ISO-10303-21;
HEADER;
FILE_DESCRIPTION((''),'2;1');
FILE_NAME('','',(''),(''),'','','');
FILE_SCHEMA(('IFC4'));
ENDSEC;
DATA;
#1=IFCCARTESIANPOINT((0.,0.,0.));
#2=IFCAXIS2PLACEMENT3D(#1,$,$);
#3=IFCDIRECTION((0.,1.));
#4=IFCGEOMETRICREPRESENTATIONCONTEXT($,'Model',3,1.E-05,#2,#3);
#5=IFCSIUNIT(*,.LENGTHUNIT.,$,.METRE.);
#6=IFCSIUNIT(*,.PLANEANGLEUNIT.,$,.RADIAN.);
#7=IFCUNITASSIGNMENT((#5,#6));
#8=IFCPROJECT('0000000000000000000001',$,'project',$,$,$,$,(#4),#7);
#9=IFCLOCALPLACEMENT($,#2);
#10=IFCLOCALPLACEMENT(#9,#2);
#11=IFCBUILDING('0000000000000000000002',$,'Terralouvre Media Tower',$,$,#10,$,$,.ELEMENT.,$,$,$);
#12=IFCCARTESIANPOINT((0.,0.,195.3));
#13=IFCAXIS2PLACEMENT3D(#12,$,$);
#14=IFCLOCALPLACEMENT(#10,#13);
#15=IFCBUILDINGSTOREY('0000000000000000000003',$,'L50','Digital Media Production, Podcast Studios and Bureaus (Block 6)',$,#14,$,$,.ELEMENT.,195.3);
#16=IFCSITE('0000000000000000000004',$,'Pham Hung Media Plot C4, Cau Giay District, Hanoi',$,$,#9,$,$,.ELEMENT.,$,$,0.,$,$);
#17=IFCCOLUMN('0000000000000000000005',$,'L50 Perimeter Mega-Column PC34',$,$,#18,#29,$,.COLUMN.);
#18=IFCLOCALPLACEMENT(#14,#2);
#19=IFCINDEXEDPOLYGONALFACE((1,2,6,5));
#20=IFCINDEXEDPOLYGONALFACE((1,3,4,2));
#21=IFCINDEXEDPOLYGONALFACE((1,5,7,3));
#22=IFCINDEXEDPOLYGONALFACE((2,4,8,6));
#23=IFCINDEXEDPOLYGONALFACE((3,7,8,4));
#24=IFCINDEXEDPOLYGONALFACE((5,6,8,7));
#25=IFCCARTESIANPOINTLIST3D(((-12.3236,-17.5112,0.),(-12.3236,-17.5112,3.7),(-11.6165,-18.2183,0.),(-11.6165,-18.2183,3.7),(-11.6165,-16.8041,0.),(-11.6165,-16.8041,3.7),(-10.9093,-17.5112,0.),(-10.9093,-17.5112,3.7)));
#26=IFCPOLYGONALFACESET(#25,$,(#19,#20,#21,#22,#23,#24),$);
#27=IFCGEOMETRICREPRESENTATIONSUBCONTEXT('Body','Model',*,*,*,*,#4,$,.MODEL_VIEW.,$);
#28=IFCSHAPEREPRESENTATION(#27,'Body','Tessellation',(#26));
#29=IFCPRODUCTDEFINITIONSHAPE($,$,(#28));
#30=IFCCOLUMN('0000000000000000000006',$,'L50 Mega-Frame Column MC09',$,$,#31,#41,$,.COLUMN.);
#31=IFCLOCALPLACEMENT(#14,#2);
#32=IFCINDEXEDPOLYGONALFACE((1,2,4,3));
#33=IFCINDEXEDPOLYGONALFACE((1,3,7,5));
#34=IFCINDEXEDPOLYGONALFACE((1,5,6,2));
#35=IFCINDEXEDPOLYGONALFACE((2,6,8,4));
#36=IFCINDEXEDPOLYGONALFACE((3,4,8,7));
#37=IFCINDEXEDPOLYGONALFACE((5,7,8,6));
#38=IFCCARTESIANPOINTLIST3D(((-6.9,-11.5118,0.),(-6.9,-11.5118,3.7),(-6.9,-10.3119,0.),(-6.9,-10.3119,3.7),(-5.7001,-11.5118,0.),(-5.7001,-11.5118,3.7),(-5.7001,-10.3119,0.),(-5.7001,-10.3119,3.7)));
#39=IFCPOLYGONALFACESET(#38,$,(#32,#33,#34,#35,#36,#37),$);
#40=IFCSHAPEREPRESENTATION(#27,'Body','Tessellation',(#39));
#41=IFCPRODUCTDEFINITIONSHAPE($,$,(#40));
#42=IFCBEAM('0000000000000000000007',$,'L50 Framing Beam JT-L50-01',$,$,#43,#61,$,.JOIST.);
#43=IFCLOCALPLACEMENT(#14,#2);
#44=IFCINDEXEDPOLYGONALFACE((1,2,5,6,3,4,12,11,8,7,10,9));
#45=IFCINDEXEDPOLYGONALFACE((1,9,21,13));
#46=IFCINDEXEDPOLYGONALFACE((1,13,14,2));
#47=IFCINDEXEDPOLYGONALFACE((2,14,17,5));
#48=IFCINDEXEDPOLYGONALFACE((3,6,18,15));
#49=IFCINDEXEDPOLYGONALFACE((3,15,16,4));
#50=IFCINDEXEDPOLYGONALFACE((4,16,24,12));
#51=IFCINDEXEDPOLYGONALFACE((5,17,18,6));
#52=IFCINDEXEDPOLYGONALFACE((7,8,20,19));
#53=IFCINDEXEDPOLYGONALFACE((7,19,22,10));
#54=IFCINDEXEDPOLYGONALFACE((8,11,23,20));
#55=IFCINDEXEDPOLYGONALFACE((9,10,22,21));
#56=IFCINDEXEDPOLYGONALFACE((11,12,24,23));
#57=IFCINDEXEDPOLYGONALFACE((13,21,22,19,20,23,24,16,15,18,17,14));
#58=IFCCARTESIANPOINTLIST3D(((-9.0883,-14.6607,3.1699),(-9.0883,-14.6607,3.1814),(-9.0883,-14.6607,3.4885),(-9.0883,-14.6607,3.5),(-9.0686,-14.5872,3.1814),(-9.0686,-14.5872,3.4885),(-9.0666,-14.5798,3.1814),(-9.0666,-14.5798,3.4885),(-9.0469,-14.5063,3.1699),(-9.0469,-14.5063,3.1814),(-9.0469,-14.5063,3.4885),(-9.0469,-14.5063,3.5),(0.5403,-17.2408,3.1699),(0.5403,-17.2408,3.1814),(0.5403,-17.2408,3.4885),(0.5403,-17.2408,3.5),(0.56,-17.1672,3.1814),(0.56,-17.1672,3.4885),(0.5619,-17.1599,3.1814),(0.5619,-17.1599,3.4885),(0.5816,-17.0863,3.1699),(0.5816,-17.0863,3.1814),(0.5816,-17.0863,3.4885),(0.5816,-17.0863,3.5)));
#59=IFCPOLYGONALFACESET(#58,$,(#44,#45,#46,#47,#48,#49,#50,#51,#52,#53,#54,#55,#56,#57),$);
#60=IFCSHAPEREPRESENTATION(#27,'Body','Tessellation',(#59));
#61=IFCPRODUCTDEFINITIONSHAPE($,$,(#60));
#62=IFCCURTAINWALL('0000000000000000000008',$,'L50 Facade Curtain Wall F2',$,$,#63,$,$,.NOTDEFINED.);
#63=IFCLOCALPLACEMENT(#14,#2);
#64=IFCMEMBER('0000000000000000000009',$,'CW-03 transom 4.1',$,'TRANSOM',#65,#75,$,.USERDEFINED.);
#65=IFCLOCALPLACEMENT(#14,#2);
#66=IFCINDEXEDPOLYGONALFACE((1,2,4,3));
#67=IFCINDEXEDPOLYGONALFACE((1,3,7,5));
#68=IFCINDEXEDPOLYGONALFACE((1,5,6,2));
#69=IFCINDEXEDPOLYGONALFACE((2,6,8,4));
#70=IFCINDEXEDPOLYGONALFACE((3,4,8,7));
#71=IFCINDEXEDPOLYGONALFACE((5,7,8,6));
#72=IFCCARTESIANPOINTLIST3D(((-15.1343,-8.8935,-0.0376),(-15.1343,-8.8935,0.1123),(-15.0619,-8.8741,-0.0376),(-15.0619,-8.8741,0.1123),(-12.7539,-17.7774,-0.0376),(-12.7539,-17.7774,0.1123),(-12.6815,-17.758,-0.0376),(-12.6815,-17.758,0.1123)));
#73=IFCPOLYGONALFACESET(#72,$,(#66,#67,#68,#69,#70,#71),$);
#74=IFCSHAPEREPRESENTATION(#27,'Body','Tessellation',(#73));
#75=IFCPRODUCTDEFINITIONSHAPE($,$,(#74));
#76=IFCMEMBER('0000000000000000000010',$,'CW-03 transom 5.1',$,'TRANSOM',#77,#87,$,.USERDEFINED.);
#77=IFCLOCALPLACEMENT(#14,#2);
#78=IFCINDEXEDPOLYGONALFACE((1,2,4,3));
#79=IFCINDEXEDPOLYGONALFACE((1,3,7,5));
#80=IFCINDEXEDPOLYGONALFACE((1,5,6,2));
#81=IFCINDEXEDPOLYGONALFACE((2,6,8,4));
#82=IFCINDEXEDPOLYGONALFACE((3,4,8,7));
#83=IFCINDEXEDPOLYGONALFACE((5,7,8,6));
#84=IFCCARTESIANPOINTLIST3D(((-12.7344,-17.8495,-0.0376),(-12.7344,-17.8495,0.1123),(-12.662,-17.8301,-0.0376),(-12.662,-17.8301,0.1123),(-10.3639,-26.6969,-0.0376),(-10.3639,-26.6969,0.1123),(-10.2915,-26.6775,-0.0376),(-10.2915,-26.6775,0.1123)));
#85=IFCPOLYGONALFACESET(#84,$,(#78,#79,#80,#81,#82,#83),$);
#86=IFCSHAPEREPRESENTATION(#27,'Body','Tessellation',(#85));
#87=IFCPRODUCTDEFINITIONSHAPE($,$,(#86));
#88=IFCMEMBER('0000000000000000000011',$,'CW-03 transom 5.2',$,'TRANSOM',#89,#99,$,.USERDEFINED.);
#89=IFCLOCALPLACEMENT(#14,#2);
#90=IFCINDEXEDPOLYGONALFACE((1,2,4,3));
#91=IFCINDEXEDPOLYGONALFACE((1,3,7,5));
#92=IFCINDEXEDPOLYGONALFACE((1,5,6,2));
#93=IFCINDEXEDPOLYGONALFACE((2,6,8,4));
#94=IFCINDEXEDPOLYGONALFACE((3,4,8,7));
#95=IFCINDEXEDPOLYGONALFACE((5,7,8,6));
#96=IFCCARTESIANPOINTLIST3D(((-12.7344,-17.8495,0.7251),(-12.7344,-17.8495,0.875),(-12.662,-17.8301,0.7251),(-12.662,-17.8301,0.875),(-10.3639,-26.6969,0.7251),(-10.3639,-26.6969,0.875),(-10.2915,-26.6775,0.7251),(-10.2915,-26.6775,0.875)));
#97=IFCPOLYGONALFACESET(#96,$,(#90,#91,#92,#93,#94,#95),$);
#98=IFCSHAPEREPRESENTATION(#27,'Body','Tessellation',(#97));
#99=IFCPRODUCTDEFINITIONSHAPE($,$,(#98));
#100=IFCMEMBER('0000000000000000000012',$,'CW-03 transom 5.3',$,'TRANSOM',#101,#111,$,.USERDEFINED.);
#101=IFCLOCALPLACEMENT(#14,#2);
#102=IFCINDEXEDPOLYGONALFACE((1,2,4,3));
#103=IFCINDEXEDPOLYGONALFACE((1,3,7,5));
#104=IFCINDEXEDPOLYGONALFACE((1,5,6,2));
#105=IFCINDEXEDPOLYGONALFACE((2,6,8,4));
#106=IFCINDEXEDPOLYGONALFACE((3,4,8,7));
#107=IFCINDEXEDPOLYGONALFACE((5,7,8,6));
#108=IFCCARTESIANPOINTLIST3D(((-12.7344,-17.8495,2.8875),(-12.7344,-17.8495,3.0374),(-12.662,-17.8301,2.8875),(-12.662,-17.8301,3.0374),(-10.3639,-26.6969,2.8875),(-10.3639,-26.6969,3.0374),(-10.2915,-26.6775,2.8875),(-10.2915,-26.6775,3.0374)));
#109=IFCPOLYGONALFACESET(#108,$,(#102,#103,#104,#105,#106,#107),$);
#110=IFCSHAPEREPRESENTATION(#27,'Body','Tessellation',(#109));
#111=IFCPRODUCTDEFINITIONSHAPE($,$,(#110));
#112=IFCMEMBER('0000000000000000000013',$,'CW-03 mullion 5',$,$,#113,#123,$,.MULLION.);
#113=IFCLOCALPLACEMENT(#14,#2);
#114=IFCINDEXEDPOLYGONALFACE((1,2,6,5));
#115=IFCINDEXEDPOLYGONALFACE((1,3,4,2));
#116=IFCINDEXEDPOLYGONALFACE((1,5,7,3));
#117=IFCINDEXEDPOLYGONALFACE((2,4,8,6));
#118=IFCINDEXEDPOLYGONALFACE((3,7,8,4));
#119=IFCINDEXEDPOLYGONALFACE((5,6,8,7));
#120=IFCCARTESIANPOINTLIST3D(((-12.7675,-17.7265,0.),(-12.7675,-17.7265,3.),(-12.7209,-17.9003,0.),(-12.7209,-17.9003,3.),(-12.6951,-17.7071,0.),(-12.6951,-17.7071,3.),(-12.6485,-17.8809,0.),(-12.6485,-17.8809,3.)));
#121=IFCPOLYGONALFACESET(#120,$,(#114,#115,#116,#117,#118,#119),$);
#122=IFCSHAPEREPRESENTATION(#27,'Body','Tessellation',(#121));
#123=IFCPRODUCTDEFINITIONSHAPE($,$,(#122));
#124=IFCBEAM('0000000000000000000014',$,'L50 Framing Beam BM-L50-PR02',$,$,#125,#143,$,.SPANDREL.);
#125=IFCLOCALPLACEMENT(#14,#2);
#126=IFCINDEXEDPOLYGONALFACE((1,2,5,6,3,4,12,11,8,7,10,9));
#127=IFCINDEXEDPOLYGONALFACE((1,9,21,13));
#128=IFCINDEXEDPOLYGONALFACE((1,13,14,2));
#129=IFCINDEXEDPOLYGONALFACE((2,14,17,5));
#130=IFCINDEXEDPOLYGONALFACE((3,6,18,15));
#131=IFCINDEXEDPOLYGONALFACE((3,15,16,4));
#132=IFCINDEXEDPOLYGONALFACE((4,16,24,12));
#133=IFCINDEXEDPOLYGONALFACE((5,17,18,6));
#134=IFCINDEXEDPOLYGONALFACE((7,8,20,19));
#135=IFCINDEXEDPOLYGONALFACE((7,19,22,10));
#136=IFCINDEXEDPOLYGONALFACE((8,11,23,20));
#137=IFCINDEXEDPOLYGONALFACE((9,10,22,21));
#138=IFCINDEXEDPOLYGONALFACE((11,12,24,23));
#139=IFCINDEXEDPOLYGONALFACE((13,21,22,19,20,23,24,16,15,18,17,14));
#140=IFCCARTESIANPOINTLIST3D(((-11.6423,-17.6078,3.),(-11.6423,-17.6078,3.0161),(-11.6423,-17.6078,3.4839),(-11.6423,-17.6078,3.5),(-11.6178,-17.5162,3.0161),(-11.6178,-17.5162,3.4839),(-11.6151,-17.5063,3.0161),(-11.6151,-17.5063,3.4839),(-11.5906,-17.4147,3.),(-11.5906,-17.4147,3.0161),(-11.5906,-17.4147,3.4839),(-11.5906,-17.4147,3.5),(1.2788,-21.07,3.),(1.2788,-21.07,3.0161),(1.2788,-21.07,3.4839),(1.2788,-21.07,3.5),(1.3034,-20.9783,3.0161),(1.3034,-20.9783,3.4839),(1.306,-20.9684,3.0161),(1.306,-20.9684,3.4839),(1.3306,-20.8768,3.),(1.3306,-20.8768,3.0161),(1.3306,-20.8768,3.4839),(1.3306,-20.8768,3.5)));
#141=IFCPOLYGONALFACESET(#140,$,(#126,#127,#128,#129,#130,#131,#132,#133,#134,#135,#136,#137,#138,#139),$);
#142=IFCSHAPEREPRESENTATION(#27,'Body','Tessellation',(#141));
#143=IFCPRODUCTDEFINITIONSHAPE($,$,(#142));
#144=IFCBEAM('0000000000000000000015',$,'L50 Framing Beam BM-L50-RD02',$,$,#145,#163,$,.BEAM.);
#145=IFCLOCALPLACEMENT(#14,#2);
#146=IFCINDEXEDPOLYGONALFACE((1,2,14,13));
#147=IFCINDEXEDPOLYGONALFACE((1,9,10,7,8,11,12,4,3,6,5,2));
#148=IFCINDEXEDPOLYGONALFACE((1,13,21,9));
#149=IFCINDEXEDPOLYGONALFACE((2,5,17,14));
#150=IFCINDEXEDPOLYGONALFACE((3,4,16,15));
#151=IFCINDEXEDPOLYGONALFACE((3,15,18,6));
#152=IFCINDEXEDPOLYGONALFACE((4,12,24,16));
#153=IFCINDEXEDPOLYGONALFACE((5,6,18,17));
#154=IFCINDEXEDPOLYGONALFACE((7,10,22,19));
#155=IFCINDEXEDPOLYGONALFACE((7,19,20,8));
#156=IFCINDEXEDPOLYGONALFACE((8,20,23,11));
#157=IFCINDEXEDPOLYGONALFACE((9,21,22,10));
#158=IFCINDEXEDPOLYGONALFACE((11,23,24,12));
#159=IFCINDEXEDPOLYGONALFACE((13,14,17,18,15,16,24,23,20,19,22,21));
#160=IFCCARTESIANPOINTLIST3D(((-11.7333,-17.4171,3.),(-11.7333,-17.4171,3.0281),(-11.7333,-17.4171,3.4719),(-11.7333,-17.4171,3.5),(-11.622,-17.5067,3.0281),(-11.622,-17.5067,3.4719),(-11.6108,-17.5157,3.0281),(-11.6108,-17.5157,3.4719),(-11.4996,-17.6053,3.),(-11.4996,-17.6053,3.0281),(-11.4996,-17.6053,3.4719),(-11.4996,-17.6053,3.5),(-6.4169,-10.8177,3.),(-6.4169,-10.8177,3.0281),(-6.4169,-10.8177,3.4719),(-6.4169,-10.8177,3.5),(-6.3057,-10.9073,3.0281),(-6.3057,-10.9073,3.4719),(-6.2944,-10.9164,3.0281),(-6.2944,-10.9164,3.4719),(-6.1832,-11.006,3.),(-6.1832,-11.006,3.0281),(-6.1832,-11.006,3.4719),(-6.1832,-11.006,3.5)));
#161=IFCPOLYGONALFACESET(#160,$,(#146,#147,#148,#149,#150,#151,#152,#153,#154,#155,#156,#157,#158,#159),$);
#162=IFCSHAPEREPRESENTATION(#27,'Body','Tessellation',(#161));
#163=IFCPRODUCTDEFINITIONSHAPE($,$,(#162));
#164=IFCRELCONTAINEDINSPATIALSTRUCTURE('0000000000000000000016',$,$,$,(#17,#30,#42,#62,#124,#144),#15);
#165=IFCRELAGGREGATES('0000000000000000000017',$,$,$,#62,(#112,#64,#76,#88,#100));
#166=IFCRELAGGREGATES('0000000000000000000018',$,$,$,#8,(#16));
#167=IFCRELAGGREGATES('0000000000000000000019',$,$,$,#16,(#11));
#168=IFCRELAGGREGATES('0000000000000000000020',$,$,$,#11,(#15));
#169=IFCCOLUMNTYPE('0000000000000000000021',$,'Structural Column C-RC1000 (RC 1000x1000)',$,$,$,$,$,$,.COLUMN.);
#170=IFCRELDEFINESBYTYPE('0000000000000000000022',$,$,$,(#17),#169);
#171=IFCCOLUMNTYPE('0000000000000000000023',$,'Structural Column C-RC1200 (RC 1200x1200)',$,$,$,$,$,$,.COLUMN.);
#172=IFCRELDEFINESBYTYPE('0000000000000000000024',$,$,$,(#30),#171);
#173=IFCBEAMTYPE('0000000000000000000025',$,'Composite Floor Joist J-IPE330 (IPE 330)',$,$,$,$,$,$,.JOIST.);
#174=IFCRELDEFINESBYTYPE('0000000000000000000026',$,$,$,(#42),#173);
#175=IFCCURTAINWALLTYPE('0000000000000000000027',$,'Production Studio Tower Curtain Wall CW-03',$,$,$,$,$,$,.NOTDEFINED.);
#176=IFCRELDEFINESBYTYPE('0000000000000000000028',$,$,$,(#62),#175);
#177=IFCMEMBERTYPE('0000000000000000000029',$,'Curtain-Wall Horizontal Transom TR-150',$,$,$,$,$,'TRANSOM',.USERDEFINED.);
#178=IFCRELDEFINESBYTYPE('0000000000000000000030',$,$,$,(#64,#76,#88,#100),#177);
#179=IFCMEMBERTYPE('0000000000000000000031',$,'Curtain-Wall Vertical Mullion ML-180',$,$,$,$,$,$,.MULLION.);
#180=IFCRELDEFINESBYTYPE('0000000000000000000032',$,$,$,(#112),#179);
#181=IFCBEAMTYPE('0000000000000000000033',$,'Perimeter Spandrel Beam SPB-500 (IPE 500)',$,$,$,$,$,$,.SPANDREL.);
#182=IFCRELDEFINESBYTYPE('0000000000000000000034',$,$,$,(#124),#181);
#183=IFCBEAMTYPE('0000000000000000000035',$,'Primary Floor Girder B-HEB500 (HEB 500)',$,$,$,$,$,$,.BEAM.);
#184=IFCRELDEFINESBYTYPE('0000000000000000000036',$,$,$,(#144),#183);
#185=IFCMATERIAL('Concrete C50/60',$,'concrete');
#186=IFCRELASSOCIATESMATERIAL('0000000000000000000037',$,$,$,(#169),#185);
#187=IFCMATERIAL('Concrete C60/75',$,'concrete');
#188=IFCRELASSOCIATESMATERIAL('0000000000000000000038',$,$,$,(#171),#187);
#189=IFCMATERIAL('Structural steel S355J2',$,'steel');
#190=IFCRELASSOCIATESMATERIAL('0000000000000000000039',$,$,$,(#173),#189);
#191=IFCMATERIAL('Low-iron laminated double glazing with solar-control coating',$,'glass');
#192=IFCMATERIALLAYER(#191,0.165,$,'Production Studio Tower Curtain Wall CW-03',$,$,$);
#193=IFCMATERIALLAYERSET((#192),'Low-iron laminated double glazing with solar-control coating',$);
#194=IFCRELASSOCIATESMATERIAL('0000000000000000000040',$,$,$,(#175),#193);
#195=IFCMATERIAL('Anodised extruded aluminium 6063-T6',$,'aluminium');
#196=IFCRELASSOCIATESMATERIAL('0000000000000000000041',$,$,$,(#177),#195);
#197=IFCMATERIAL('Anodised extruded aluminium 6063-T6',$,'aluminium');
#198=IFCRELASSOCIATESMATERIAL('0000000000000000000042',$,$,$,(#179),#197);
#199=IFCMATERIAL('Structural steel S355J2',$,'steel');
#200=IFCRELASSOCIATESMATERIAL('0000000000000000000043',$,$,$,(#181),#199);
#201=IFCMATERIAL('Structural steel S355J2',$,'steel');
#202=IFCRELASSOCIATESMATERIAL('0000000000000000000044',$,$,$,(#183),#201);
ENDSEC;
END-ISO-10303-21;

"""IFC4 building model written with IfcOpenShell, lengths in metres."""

from ifc_helpers import new_model, si_unit, direction, frame, origin, origin_2d, place, context, subcontext, project, spatial, rectangle, i_section, extrude, material, layer, layer_set, material_profile, profile_set, type_object, element, aggregate, save


model = new_model("IFC4")

# Units and contexts
model_context = context("Model", 3, precision=1e-05, world=origin(), true_north=direction((0.0, 1.0)))
body_context = subcontext(model_context, "Body", "Model", "MODEL_VIEW")
ifc_project = project(units=[si_unit("LENGTHUNIT", "METRE"), si_unit("PLANEANGLEUNIT", "RADIAN")], contexts=[model_context])

# Site, building, storey
site_placement = place(None, origin())
site = spatial("IfcSite", under=ifc_project, at=site_placement, Name="Pham Hung Media Plot C4, Cau Giay District, Hanoi", CompositionType="ELEMENT", RefElevation=0.0)
building_placement = place(site_placement, origin())
building = spatial("IfcBuilding", under=site, at=building_placement, Name="Terralouvre Media Tower", CompositionType="ELEMENT")
storey_placement = place(building_placement, frame((0.0, 0.0, 195.3)))
storey = spatial("IfcBuildingStorey", under=building, at=storey_placement, Name="L50", Description="Digital Media Production, Podcast Studios and Bureaus (Block 6)", CompositionType="ELEMENT", Elevation=195.3)

# Columns
ifc_material_1 = material(Name="Concrete C50/60", Category="concrete")
ifc_material_profile_1 = material_profile(ifc_material_1, rectangle(XDim=1.0, YDim=1.0, at=origin_2d()), Name="RC 1000x1000")
ifc_profile_set_1 = profile_set([ifc_material_profile_1], Name="Concrete C50/60")
column_type_1 = type_object("IfcColumnType", Name="Structural Column C-RC1000 (RC 1000x1000)", PredefinedType="COLUMN", material=ifc_profile_set_1)
column_1_placement = place(storey_placement, frame((-11.6165, -17.5112, 0.0), z_axis=(0.0, 0.0, 1.0), x_axis=(0.707107, 0.707107, 0.0)))
element("IfcColumn", 1, at=column_1_placement, inside=storey, type_object=column_type_1, Name="L50 Perimeter Mega-Column PC34", PredefinedType="COLUMN", context=body_context, shape_type="SweptSolid", body=[
    extrude(rectangle(XDim=1.0, YDim=1.0, at=origin_2d()), origin(), (0.0, 0.0, 1.0), 3.7),
])
ifc_material_2 = material(Name="Concrete C60/75", Category="concrete")
ifc_material_profile_2 = material_profile(ifc_material_2, rectangle(XDim=1.2, YDim=1.2, at=origin_2d()), Name="RC 1200x1200")
ifc_profile_set_2 = profile_set([ifc_material_profile_2], Name="Concrete C60/75")
column_type_2 = type_object("IfcColumnType", Name="Structural Column C-RC1200 (RC 1200x1200)", PredefinedType="COLUMN", material=ifc_profile_set_2)
column_2_placement = place(storey_placement, frame((-6.3, -10.9119, 0.0), z_axis=(0.0, 0.0, 1.0), x_axis=(1.0, 0.0, 0.0)))
element("IfcColumn", 2, at=column_2_placement, inside=storey, type_object=column_type_2, Name="L50 Mega-Frame Column MC09", PredefinedType="COLUMN", context=body_context, shape_type="SweptSolid", body=[
    extrude(rectangle(XDim=1.2, YDim=1.2, at=origin_2d()), origin(), (0.0, 0.0, 1.0), 3.7),
])

# Beam
ifc_material_3 = material(Name="Structural steel S355J2", Category="steel")
ifc_material_profile_3 = material_profile(ifc_material_3, i_section(OverallWidth=0.1599, OverallDepth=0.3301, WebThickness=0.0076, FlangeThickness=0.0115, at=origin_2d()), Name="IPE 330")
ifc_profile_set_3 = profile_set([ifc_material_profile_3], Name="Structural steel S355J2")
beam_type_1 = type_object("IfcBeamType", Name="Composite Floor Joist J-IPE330 (IPE 330)", PredefinedType="JOIST", material=ifc_profile_set_3)
beam_1_placement = place(storey_placement, frame((-9.0676, -14.5835, 3.335), z_axis=(0.965924, -0.258827, 0.0), x_axis=(0.258827, 0.965924, 0.0)))
element("IfcBeam", 3, at=beam_1_placement, inside=storey, type_object=beam_type_1, Name="L50 Framing Beam JT-L50-01", PredefinedType="JOIST", context=body_context, shape_type="SweptSolid", body=[
    extrude(i_section(OverallWidth=0.1599, OverallDepth=0.3301, WebThickness=0.0076, FlangeThickness=0.0115, at=origin_2d()), origin(), (0.0, 0.0, 1.0), 9.9683),
])

# Curtain wall, members
ifc_material_4 = material(Name="Low-iron laminated double glazing with solar-control coating", Category="glass")
ifc_layer_1 = layer(ifc_material_4, 0.165, Name="Production Studio Tower Curtain Wall CW-03")
ifc_layer_set_1 = layer_set([ifc_layer_1], Name="Low-iron laminated double glazing with solar-control coating")
curtain_wall_type = type_object("IfcCurtainWallType", Name="Production Studio Tower Curtain Wall CW-03", PredefinedType="NOTDEFINED", material=ifc_layer_set_1)
curtain_wall_placement = place(storey_placement, origin())
curtain_wall = element("IfcCurtainWall", 4, at=curtain_wall_placement, inside=storey, type_object=curtain_wall_type, Name="L50 Facade Curtain Wall F2", PredefinedType="NOTDEFINED")
ifc_material_5 = material(Name="Anodised extruded aluminium 6063-T6", Category="aluminium")
ifc_material_profile_4 = material_profile(ifc_material_5, rectangle(XDim=0.075, YDim=0.1499, at=origin_2d()), Name="ALU 75x150")
ifc_profile_set_4 = profile_set([ifc_material_profile_4], Name="Anodised extruded aluminium 6063-T6")
member_type_1 = type_object("IfcMemberType", Name="Curtain-Wall Horizontal Transom TR-150", ElementType="TRANSOM", PredefinedType="USERDEFINED", material=ifc_profile_set_4)
member_1_placement = place(storey_placement, frame((-15.0981, -8.8838, 0.0374), z_axis=(0.258816, -0.965927, 0.0), x_axis=(0.965927, 0.258816, 0.0)))
member_1 = element("IfcMember", 5, at=member_1_placement, type_object=member_type_1, Name="CW-03 transom 4.1", ObjectType="TRANSOM", PredefinedType="USERDEFINED", context=body_context, shape_type="SweptSolid", body=[
    extrude(rectangle(XDim=0.075, YDim=0.1499, at=origin_2d()), origin(), (0.0, 0.0, 1.0), 9.1973),
])
member_2_placement = place(storey_placement, frame((-12.6982, -17.8398, 0.0374), z_axis=(0.258814, -0.965927, 0.0), x_axis=(0.965927, 0.258814, 0.0)))
member_2 = element("IfcMember", 6, at=member_2_placement, type_object=member_type_1, Name="CW-03 transom 5.1", ObjectType="TRANSOM", PredefinedType="USERDEFINED", context=body_context, shape_type="SweptSolid", body=[
    extrude(rectangle(XDim=0.075, YDim=0.1499, at=origin_2d()), origin(), (0.0, 0.0, 1.0), 9.1594),
])
member_3_placement = place(storey_placement, frame((-12.6982, -17.8398, 0.8), z_axis=(0.258814, -0.965927, 0.0), x_axis=(0.965927, 0.258814, 0.0)))
member_3 = element("IfcMember", 7, at=member_3_placement, type_object=member_type_1, Name="CW-03 transom 5.2", ObjectType="TRANSOM", PredefinedType="USERDEFINED", context=body_context, shape_type="SweptSolid", body=[
    extrude(rectangle(XDim=0.075, YDim=0.1499, at=origin_2d()), origin(), (0.0, 0.0, 1.0), 9.1594),
])
member_4_placement = place(storey_placement, frame((-12.6982, -17.8398, 2.9624), z_axis=(0.258814, -0.965927, 0.0), x_axis=(0.965927, 0.258814, 0.0)))
member_4 = element("IfcMember", 8, at=member_4_placement, type_object=member_type_1, Name="CW-03 transom 5.3", ObjectType="TRANSOM", PredefinedType="USERDEFINED", context=body_context, shape_type="SweptSolid", body=[
    extrude(rectangle(XDim=0.075, YDim=0.1499, at=origin_2d()), origin(), (0.0, 0.0, 1.0), 9.1594),
])
ifc_material_6 = material(Name="Anodised extruded aluminium 6063-T6", Category="aluminium")
ifc_material_profile_5 = material_profile(ifc_material_6, rectangle(XDim=0.075, YDim=0.1799, at=origin_2d()), Name="ALU 75x180")
ifc_profile_set_5 = profile_set([ifc_material_profile_5], Name="Anodised extruded aluminium 6063-T6")
member_type_2 = type_object("IfcMemberType", Name="Curtain-Wall Vertical Mullion ML-180", PredefinedType="MULLION", material=ifc_profile_set_5)
member_5_placement = place(storey_placement, frame((-12.708, -17.8037, 0.0), z_axis=(0.0, 0.0, 1.0), x_axis=(0.965926, 0.258819, 0.0)))
member_5 = element("IfcMember", 9, at=member_5_placement, type_object=member_type_2, Name="CW-03 mullion 5", PredefinedType="MULLION", context=body_context, shape_type="SweptSolid", body=[
    extrude(rectangle(XDim=0.075, YDim=0.1799, at=origin_2d()), origin(), (0.0, 0.0, 1.0), 3.0),
])

# Beams
ifc_material_7 = material(Name="Structural steel S355J2", Category="steel")
ifc_material_profile_6 = material_profile(ifc_material_7, i_section(OverallWidth=0.2, OverallDepth=0.5, WebThickness=0.0103, FlangeThickness=0.0161, at=origin_2d()), Name="IPE 500")
ifc_profile_set_6 = profile_set([ifc_material_profile_6], Name="Structural steel S355J2")
beam_type_2 = type_object("IfcBeamType", Name="Perimeter Spandrel Beam SPB-500 (IPE 500)", PredefinedType="SPANDREL", material=ifc_profile_set_6)
beam_2_placement = place(storey_placement, frame((-11.6165, -17.5112, 3.25), z_axis=(0.965927, -0.258815, 0.0), x_axis=(0.258815, 0.965927, 0.0)))
element("IfcBeam", 10, at=beam_2_placement, inside=storey, type_object=beam_type_2, Name="L50 Framing Beam BM-L50-PR02", PredefinedType="SPANDREL", context=body_context, shape_type="SweptSolid", body=[
    extrude(i_section(OverallWidth=0.2, OverallDepth=0.5, WebThickness=0.0103, FlangeThickness=0.0161, at=origin_2d()), origin(), (0.0, 0.0, 1.0), 13.377),
])
ifc_material_8 = material(Name="Structural steel S355J2", Category="steel")
ifc_material_profile_7 = material_profile(ifc_material_8, i_section(OverallWidth=0.3, OverallDepth=0.5, WebThickness=0.0144, FlangeThickness=0.0281, at=origin_2d()), Name="HEB 500")
ifc_profile_set_7 = profile_set([ifc_material_profile_7], Name="Structural steel S355J2")
beam_type_3 = type_object("IfcBeamType", Name="Primary Floor Girder B-HEB500 (HEB 500)", PredefinedType="BEAM", material=ifc_profile_set_7)
beam_3_placement = place(storey_placement, frame((-6.3, -10.9119, 3.25), z_axis=(-0.627347, -0.778739, 0.0), x_axis=(0.778739, -0.627347, 0.0)))
element("IfcBeam", 11, at=beam_3_placement, inside=storey, type_object=beam_type_3, Name="L50 Framing Beam BM-L50-RD02", PredefinedType="BEAM", context=body_context, shape_type="SweptSolid", body=[
    extrude(i_section(OverallWidth=0.3, OverallDepth=0.5, WebThickness=0.0144, FlangeThickness=0.0281, at=origin_2d()), origin(), (0.0, 0.0, 1.0), 8.4744),
])

aggregate(curtain_wall, [member_5, member_1, member_2, member_3, member_4])

save(model, "model.ifc")
